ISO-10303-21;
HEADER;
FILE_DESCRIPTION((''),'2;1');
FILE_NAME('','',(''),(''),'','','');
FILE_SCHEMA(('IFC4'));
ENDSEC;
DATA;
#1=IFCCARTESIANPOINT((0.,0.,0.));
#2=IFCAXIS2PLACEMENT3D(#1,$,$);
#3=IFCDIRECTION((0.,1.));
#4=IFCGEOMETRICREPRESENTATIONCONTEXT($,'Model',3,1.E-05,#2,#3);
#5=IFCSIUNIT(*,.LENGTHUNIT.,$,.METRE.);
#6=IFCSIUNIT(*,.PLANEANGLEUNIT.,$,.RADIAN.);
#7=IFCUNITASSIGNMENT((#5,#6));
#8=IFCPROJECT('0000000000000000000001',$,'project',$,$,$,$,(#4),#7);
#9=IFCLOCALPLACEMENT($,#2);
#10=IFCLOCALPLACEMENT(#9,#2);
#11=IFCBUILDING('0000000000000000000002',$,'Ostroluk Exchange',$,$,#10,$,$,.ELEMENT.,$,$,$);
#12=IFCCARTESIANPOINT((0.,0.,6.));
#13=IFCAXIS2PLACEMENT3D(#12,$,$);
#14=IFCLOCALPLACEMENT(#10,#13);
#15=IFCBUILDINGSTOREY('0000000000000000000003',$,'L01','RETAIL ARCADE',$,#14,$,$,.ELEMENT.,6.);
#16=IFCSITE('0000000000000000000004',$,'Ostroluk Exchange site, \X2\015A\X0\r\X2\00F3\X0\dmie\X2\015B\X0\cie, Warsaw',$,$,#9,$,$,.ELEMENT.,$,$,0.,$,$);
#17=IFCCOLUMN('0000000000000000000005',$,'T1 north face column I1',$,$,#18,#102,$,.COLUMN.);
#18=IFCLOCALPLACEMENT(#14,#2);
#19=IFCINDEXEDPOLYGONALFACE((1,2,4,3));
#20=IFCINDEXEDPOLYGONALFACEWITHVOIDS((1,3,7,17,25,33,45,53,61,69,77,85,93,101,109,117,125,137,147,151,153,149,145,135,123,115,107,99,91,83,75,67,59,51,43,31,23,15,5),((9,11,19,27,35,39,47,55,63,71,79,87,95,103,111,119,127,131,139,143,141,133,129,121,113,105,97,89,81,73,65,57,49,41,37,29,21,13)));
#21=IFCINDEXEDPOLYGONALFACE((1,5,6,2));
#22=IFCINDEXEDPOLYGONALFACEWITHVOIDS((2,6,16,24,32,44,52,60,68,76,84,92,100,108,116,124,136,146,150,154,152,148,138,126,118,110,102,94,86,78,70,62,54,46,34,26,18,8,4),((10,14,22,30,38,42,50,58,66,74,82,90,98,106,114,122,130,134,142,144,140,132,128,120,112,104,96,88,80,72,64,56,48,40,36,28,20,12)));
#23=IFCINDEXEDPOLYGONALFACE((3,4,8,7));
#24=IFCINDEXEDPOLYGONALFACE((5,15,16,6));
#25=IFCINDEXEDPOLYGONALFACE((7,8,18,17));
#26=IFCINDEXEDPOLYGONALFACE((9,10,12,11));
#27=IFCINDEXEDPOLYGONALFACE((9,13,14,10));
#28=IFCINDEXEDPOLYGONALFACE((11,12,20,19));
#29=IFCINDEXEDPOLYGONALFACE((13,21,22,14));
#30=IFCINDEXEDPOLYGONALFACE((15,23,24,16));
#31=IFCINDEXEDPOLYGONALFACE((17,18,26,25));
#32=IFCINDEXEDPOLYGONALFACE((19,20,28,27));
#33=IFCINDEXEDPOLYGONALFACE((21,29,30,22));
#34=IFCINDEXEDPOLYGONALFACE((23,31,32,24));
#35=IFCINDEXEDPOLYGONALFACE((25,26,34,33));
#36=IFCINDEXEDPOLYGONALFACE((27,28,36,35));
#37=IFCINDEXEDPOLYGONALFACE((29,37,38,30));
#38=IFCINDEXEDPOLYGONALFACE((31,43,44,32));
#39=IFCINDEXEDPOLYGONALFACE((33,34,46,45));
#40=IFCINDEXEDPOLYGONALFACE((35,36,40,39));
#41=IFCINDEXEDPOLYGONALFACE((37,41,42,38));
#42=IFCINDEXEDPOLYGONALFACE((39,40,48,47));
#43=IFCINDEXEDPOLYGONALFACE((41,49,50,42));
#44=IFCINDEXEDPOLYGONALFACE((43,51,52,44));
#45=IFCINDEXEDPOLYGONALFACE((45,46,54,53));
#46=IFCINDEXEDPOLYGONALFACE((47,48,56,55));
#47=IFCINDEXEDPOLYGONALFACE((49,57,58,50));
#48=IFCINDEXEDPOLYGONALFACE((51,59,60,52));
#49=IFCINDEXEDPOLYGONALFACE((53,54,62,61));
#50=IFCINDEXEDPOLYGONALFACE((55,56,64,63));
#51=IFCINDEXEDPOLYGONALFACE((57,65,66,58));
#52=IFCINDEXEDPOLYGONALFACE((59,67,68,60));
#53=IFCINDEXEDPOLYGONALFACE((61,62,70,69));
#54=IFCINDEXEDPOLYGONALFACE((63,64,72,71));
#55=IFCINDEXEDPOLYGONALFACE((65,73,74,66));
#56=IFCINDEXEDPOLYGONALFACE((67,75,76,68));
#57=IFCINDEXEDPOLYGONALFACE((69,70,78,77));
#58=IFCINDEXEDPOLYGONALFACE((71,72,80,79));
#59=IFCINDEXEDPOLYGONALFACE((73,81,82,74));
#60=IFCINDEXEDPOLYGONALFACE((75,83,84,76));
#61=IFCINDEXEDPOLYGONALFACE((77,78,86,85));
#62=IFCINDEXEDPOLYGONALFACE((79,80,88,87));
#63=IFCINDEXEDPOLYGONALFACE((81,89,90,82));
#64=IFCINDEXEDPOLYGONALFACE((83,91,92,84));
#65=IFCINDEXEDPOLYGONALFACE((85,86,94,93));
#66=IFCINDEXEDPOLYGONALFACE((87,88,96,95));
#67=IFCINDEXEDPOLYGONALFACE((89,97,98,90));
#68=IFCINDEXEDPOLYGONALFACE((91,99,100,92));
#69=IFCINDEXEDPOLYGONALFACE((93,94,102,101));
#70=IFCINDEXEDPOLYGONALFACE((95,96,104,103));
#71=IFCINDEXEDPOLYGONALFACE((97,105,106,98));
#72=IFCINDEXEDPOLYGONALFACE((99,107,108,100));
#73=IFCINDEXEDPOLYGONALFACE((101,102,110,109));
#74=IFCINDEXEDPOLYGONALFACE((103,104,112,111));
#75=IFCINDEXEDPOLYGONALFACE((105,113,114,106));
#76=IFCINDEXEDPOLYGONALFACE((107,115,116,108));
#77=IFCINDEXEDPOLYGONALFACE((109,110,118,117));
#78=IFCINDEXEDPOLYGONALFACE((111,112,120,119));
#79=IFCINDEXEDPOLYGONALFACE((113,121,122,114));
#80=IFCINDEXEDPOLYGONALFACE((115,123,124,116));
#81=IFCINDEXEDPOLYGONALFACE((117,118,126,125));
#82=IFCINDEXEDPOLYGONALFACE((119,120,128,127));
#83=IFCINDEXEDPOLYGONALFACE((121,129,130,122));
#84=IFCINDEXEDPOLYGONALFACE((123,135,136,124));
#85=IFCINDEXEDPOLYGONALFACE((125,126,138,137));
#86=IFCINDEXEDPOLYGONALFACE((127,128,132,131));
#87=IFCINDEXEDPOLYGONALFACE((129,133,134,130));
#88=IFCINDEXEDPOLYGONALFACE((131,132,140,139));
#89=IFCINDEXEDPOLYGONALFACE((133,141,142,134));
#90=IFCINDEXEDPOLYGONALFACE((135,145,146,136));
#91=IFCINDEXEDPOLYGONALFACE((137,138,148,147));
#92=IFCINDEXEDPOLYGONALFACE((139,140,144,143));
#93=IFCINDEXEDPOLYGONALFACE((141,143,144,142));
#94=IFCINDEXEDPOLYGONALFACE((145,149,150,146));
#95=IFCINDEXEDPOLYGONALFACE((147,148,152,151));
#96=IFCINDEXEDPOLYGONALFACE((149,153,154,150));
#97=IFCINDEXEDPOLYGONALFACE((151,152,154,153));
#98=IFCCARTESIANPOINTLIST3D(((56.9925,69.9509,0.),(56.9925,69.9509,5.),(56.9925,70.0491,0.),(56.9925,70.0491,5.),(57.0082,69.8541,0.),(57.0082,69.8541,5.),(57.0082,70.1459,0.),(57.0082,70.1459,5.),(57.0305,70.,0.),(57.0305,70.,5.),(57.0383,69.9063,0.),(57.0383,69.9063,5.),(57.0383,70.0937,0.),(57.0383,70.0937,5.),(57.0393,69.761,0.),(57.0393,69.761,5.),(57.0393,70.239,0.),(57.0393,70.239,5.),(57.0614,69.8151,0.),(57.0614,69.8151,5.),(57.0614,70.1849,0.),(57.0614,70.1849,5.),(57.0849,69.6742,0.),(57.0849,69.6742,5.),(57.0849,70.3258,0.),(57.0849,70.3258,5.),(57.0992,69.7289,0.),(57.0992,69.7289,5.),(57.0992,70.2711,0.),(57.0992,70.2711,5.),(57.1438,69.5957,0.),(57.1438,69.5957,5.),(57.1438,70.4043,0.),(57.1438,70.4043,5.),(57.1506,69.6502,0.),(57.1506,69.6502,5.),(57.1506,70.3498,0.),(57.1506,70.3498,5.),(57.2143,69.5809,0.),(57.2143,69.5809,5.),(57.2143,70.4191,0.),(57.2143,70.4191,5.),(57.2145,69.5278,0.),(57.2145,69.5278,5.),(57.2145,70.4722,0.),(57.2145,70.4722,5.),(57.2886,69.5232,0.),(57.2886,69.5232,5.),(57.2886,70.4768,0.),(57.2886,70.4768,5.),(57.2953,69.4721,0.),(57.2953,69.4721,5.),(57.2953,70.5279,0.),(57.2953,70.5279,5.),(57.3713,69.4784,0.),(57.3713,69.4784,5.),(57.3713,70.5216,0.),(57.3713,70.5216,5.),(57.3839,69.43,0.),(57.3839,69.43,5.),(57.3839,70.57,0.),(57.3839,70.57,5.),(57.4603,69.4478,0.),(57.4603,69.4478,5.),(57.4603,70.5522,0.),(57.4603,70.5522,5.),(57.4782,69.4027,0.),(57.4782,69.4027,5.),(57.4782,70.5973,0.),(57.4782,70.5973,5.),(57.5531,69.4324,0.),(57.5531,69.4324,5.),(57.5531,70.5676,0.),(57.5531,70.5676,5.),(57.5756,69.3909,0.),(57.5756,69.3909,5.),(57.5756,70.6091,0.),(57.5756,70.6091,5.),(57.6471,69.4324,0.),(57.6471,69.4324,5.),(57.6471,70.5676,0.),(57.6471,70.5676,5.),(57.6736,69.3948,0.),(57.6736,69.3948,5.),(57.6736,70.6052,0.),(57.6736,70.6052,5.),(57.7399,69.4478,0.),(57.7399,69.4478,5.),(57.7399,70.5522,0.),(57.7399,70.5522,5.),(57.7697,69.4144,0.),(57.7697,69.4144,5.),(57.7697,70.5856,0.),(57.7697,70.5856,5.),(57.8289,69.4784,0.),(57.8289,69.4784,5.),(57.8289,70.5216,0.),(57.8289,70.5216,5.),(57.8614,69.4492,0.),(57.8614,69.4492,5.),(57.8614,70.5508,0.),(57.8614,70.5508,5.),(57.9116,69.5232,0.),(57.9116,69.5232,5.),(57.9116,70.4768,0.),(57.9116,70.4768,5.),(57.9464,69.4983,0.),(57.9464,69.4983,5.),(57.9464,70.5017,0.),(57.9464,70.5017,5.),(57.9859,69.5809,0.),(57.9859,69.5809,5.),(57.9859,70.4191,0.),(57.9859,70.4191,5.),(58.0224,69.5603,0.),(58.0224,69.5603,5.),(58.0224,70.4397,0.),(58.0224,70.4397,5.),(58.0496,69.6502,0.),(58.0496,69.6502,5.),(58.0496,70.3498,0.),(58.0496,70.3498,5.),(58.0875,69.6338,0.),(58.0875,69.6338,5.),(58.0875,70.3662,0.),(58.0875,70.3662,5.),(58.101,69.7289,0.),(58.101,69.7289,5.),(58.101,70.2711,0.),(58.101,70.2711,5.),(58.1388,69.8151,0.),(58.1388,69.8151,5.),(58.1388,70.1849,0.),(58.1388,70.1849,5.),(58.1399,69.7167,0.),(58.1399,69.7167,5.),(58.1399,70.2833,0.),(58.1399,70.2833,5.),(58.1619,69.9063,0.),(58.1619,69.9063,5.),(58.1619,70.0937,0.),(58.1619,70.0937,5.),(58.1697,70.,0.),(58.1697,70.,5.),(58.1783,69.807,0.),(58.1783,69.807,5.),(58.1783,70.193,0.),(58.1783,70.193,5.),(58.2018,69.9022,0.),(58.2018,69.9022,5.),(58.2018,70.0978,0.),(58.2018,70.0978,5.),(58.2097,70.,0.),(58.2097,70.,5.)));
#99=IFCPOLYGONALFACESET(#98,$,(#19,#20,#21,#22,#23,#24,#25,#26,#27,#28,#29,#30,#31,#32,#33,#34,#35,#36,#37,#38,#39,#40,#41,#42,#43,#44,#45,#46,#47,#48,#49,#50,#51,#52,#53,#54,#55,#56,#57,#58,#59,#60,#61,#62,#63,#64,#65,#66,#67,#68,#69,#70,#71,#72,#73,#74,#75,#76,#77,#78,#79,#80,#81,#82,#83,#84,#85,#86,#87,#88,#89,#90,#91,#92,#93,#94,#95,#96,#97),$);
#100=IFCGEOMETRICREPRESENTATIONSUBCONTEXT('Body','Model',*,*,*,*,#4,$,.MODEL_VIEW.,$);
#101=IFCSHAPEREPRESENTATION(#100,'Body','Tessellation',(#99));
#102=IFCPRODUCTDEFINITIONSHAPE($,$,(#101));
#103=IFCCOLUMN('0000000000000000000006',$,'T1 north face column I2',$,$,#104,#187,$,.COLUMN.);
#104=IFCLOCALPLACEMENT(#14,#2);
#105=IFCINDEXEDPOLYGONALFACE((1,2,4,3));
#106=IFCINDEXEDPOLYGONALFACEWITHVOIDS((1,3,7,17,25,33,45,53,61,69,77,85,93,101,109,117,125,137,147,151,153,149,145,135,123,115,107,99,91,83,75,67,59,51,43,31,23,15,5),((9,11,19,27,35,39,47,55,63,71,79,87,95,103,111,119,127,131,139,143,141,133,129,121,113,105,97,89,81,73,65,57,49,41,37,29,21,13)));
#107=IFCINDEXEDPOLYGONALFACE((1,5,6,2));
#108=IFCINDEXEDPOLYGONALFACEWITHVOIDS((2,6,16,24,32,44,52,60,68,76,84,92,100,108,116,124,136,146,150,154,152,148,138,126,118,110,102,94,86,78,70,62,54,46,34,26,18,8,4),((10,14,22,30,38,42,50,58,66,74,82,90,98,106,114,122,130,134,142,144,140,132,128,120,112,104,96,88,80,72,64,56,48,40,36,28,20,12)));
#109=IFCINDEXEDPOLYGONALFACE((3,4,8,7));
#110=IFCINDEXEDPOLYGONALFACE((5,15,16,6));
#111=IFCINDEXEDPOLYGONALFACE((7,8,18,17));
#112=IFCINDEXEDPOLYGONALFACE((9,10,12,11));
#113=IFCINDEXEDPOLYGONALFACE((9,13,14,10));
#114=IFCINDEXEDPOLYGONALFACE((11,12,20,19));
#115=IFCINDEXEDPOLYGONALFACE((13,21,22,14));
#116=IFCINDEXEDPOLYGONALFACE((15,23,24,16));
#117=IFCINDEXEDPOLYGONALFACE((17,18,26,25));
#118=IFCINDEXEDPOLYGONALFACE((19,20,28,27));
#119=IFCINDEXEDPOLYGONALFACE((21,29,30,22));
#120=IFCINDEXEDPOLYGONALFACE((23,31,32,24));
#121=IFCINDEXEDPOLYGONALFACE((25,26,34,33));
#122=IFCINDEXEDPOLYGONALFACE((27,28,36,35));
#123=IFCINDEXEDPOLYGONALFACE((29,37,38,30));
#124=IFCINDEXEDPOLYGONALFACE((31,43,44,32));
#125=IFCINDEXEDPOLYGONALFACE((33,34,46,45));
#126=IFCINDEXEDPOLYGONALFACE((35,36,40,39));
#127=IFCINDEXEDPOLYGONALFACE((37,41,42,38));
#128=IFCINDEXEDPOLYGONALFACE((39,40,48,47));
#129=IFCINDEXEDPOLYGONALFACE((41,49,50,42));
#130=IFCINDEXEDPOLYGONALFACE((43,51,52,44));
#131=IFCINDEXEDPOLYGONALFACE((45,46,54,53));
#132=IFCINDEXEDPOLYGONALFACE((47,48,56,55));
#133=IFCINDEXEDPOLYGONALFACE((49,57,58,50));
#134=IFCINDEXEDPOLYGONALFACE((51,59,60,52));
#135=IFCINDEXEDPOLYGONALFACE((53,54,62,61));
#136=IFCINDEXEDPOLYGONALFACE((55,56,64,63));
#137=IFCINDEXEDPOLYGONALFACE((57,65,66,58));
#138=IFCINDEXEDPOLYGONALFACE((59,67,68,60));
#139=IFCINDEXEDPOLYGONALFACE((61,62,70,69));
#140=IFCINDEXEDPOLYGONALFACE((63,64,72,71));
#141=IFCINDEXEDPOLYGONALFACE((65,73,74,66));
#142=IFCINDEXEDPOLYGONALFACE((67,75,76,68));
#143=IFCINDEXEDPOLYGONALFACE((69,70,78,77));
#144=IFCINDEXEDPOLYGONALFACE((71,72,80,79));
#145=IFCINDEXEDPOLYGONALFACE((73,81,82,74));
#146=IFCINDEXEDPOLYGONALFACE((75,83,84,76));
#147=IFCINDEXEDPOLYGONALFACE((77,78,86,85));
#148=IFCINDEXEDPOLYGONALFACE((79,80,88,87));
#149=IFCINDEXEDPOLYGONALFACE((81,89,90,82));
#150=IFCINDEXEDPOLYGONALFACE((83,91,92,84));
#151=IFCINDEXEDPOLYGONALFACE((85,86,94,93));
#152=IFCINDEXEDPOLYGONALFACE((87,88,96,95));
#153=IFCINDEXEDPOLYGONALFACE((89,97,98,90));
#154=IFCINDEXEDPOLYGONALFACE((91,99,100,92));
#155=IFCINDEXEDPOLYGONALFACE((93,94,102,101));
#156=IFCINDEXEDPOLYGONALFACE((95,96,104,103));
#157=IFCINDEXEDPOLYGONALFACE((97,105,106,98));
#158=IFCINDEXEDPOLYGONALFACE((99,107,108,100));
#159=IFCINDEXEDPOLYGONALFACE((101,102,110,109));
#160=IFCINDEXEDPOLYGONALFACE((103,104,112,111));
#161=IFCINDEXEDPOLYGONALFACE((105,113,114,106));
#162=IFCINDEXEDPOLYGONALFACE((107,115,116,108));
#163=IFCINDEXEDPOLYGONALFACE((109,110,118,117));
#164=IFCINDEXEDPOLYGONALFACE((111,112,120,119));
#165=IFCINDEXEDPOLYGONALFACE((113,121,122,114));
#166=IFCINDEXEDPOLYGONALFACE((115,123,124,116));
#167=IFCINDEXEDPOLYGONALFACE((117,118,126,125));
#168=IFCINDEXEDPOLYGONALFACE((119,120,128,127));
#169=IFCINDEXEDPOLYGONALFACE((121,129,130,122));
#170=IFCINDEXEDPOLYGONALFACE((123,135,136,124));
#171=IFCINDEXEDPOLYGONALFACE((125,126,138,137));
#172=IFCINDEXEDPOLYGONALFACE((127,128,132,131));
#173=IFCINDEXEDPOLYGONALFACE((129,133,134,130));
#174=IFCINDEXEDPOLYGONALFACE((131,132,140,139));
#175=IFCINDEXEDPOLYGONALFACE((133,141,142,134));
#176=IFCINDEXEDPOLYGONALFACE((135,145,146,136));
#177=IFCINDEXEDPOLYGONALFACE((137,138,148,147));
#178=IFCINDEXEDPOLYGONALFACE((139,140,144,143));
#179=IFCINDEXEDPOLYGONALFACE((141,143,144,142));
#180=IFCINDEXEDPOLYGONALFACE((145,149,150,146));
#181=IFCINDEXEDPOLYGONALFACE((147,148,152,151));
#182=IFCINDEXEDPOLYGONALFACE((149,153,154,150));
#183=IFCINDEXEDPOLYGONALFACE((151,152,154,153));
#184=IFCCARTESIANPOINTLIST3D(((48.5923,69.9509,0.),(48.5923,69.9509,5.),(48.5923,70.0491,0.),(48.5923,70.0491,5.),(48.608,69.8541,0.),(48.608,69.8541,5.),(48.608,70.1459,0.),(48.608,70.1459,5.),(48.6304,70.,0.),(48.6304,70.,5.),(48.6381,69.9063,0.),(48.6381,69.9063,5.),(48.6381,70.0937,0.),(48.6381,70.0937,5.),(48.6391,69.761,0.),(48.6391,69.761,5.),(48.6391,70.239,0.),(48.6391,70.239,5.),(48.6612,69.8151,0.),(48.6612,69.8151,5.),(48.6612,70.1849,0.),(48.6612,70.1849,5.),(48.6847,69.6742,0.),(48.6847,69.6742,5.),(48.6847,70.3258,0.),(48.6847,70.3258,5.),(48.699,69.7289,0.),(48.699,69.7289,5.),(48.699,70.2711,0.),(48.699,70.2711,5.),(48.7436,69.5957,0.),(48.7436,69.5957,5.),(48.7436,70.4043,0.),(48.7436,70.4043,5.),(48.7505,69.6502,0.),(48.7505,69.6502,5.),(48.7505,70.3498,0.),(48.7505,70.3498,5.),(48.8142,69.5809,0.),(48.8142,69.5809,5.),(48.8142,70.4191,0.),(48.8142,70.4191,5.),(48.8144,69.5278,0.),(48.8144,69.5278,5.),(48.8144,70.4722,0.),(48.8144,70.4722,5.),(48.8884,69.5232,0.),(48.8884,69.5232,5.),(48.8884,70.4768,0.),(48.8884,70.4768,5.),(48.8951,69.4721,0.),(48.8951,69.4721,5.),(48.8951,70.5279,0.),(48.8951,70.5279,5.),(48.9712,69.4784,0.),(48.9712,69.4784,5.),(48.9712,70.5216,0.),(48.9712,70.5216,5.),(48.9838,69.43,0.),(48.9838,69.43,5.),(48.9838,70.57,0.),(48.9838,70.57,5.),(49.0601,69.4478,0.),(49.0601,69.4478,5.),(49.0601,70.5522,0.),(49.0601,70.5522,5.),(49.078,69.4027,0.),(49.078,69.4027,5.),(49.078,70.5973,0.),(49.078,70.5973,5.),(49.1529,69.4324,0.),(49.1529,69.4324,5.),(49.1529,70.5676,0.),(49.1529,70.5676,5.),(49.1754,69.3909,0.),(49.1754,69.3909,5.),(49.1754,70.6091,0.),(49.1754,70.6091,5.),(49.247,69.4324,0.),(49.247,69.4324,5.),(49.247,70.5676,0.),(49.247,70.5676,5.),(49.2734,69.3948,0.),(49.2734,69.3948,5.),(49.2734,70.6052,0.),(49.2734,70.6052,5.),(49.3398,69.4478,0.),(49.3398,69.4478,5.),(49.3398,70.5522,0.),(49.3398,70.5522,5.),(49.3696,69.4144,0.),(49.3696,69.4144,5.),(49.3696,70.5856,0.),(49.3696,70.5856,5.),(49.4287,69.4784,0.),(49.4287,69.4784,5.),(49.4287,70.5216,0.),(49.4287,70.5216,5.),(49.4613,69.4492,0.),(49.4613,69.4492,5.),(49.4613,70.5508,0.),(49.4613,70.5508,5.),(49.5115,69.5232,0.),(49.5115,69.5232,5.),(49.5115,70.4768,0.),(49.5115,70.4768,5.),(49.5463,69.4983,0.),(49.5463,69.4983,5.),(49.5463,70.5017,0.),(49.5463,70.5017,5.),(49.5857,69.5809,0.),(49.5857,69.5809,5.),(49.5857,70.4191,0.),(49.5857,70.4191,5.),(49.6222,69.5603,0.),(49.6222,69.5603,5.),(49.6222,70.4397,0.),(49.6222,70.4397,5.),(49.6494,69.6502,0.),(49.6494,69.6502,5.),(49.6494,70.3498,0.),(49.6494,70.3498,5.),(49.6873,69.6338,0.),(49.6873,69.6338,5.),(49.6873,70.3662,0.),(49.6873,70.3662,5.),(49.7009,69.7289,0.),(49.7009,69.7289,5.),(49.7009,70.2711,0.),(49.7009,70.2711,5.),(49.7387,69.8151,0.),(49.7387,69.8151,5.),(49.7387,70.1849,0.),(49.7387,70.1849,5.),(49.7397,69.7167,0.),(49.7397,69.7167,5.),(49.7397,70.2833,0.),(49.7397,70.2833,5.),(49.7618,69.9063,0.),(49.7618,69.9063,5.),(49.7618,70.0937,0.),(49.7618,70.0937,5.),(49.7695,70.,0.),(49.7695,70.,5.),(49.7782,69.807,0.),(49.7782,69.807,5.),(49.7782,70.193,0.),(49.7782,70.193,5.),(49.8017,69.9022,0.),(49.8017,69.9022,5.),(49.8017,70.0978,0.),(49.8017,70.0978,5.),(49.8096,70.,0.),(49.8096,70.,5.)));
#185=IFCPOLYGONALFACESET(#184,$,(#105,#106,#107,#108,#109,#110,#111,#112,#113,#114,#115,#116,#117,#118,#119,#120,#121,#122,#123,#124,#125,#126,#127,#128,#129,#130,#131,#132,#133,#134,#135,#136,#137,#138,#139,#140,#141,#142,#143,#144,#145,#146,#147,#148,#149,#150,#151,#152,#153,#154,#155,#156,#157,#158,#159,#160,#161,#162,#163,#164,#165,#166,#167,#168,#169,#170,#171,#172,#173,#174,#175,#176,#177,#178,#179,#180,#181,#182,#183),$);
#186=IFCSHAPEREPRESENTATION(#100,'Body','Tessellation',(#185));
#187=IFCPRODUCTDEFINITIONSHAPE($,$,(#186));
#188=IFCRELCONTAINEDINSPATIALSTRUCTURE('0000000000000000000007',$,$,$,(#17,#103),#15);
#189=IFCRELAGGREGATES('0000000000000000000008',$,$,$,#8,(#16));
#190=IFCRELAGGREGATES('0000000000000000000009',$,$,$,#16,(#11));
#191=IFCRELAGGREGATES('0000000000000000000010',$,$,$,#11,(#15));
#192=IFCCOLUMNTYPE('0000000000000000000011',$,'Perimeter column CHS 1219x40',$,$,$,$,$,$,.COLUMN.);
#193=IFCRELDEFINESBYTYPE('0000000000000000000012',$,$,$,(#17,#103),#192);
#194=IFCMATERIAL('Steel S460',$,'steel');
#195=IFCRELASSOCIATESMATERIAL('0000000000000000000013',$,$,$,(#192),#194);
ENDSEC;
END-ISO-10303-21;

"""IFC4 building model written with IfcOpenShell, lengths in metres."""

from ifc_helpers import new_model, si_unit, direction, frame, origin, origin_2d, place, context, subcontext, project, spatial, hollow_circle, extrude, material, material_profile, profile_set, type_object, element, save


model = new_model("IFC4")

# Units and contexts
model_context = context("Model", 3, precision=1e-05, world=origin(), true_north=direction((0.0, 1.0)))
body_context = subcontext(model_context, "Body", "Model", "MODEL_VIEW")
ifc_project = project(units=[si_unit("LENGTHUNIT", "METRE"), si_unit("PLANEANGLEUNIT", "RADIAN")], contexts=[model_context])

# Site, building, storey
site_placement = place(None, origin())
site = spatial("IfcSite", under=ifc_project, at=site_placement, Name="Ostroluk Exchange site, Śródmieście, Warsaw", CompositionType="ELEMENT", RefElevation=0.0)
building_placement = place(site_placement, origin())
building = spatial("IfcBuilding", under=site, at=building_placement, Name="Ostroluk Exchange", CompositionType="ELEMENT")
storey_placement = place(building_placement, frame((0.0, 0.0, 6.0)))
storey = spatial("IfcBuildingStorey", under=building, at=storey_placement, Name="L01", Description="RETAIL ARCADE", CompositionType="ELEMENT", Elevation=6.0)

# Columns
ifc_material_1 = material(Name="Steel S460", Category="steel")
ifc_material_profile_1 = material_profile(ifc_material_1, hollow_circle(Radius=0.6096, WallThickness=0.04, at=origin_2d()), Name="CHS 1219x40")
ifc_profile_set_1 = profile_set([ifc_material_profile_1], Name="Steel S460")
column_type_1 = type_object("IfcColumnType", Name="Perimeter column CHS 1219x40", PredefinedType="COLUMN", material=ifc_profile_set_1)
for number, where, z_axis, x_axis, name in (
    (1, (57.6001, 70.0, 0.0), (0.0, 0.0, 1.0), (1.0, 0.0, 0.0), "T1 north face column I1"),
    (2, (49.2, 70.0, 0.0), (0.0, 0.0, 1.0), (1.0, 0.0, 0.0), "T1 north face column I2"),
):
    element("IfcColumn", number, at=place(storey_placement, frame(where, z_axis=z_axis, x_axis=x_axis)), inside=storey, type_object=column_type_1, Name=name, PredefinedType="COLUMN", context=body_context, shape_type="SweptSolid", body=[
        extrude(hollow_circle(Radius=0.6096, WallThickness=0.04, at=origin_2d()), origin(), (0.0, 0.0, 1.0), 5.0),
    ])

save(model, "model.ifc")
